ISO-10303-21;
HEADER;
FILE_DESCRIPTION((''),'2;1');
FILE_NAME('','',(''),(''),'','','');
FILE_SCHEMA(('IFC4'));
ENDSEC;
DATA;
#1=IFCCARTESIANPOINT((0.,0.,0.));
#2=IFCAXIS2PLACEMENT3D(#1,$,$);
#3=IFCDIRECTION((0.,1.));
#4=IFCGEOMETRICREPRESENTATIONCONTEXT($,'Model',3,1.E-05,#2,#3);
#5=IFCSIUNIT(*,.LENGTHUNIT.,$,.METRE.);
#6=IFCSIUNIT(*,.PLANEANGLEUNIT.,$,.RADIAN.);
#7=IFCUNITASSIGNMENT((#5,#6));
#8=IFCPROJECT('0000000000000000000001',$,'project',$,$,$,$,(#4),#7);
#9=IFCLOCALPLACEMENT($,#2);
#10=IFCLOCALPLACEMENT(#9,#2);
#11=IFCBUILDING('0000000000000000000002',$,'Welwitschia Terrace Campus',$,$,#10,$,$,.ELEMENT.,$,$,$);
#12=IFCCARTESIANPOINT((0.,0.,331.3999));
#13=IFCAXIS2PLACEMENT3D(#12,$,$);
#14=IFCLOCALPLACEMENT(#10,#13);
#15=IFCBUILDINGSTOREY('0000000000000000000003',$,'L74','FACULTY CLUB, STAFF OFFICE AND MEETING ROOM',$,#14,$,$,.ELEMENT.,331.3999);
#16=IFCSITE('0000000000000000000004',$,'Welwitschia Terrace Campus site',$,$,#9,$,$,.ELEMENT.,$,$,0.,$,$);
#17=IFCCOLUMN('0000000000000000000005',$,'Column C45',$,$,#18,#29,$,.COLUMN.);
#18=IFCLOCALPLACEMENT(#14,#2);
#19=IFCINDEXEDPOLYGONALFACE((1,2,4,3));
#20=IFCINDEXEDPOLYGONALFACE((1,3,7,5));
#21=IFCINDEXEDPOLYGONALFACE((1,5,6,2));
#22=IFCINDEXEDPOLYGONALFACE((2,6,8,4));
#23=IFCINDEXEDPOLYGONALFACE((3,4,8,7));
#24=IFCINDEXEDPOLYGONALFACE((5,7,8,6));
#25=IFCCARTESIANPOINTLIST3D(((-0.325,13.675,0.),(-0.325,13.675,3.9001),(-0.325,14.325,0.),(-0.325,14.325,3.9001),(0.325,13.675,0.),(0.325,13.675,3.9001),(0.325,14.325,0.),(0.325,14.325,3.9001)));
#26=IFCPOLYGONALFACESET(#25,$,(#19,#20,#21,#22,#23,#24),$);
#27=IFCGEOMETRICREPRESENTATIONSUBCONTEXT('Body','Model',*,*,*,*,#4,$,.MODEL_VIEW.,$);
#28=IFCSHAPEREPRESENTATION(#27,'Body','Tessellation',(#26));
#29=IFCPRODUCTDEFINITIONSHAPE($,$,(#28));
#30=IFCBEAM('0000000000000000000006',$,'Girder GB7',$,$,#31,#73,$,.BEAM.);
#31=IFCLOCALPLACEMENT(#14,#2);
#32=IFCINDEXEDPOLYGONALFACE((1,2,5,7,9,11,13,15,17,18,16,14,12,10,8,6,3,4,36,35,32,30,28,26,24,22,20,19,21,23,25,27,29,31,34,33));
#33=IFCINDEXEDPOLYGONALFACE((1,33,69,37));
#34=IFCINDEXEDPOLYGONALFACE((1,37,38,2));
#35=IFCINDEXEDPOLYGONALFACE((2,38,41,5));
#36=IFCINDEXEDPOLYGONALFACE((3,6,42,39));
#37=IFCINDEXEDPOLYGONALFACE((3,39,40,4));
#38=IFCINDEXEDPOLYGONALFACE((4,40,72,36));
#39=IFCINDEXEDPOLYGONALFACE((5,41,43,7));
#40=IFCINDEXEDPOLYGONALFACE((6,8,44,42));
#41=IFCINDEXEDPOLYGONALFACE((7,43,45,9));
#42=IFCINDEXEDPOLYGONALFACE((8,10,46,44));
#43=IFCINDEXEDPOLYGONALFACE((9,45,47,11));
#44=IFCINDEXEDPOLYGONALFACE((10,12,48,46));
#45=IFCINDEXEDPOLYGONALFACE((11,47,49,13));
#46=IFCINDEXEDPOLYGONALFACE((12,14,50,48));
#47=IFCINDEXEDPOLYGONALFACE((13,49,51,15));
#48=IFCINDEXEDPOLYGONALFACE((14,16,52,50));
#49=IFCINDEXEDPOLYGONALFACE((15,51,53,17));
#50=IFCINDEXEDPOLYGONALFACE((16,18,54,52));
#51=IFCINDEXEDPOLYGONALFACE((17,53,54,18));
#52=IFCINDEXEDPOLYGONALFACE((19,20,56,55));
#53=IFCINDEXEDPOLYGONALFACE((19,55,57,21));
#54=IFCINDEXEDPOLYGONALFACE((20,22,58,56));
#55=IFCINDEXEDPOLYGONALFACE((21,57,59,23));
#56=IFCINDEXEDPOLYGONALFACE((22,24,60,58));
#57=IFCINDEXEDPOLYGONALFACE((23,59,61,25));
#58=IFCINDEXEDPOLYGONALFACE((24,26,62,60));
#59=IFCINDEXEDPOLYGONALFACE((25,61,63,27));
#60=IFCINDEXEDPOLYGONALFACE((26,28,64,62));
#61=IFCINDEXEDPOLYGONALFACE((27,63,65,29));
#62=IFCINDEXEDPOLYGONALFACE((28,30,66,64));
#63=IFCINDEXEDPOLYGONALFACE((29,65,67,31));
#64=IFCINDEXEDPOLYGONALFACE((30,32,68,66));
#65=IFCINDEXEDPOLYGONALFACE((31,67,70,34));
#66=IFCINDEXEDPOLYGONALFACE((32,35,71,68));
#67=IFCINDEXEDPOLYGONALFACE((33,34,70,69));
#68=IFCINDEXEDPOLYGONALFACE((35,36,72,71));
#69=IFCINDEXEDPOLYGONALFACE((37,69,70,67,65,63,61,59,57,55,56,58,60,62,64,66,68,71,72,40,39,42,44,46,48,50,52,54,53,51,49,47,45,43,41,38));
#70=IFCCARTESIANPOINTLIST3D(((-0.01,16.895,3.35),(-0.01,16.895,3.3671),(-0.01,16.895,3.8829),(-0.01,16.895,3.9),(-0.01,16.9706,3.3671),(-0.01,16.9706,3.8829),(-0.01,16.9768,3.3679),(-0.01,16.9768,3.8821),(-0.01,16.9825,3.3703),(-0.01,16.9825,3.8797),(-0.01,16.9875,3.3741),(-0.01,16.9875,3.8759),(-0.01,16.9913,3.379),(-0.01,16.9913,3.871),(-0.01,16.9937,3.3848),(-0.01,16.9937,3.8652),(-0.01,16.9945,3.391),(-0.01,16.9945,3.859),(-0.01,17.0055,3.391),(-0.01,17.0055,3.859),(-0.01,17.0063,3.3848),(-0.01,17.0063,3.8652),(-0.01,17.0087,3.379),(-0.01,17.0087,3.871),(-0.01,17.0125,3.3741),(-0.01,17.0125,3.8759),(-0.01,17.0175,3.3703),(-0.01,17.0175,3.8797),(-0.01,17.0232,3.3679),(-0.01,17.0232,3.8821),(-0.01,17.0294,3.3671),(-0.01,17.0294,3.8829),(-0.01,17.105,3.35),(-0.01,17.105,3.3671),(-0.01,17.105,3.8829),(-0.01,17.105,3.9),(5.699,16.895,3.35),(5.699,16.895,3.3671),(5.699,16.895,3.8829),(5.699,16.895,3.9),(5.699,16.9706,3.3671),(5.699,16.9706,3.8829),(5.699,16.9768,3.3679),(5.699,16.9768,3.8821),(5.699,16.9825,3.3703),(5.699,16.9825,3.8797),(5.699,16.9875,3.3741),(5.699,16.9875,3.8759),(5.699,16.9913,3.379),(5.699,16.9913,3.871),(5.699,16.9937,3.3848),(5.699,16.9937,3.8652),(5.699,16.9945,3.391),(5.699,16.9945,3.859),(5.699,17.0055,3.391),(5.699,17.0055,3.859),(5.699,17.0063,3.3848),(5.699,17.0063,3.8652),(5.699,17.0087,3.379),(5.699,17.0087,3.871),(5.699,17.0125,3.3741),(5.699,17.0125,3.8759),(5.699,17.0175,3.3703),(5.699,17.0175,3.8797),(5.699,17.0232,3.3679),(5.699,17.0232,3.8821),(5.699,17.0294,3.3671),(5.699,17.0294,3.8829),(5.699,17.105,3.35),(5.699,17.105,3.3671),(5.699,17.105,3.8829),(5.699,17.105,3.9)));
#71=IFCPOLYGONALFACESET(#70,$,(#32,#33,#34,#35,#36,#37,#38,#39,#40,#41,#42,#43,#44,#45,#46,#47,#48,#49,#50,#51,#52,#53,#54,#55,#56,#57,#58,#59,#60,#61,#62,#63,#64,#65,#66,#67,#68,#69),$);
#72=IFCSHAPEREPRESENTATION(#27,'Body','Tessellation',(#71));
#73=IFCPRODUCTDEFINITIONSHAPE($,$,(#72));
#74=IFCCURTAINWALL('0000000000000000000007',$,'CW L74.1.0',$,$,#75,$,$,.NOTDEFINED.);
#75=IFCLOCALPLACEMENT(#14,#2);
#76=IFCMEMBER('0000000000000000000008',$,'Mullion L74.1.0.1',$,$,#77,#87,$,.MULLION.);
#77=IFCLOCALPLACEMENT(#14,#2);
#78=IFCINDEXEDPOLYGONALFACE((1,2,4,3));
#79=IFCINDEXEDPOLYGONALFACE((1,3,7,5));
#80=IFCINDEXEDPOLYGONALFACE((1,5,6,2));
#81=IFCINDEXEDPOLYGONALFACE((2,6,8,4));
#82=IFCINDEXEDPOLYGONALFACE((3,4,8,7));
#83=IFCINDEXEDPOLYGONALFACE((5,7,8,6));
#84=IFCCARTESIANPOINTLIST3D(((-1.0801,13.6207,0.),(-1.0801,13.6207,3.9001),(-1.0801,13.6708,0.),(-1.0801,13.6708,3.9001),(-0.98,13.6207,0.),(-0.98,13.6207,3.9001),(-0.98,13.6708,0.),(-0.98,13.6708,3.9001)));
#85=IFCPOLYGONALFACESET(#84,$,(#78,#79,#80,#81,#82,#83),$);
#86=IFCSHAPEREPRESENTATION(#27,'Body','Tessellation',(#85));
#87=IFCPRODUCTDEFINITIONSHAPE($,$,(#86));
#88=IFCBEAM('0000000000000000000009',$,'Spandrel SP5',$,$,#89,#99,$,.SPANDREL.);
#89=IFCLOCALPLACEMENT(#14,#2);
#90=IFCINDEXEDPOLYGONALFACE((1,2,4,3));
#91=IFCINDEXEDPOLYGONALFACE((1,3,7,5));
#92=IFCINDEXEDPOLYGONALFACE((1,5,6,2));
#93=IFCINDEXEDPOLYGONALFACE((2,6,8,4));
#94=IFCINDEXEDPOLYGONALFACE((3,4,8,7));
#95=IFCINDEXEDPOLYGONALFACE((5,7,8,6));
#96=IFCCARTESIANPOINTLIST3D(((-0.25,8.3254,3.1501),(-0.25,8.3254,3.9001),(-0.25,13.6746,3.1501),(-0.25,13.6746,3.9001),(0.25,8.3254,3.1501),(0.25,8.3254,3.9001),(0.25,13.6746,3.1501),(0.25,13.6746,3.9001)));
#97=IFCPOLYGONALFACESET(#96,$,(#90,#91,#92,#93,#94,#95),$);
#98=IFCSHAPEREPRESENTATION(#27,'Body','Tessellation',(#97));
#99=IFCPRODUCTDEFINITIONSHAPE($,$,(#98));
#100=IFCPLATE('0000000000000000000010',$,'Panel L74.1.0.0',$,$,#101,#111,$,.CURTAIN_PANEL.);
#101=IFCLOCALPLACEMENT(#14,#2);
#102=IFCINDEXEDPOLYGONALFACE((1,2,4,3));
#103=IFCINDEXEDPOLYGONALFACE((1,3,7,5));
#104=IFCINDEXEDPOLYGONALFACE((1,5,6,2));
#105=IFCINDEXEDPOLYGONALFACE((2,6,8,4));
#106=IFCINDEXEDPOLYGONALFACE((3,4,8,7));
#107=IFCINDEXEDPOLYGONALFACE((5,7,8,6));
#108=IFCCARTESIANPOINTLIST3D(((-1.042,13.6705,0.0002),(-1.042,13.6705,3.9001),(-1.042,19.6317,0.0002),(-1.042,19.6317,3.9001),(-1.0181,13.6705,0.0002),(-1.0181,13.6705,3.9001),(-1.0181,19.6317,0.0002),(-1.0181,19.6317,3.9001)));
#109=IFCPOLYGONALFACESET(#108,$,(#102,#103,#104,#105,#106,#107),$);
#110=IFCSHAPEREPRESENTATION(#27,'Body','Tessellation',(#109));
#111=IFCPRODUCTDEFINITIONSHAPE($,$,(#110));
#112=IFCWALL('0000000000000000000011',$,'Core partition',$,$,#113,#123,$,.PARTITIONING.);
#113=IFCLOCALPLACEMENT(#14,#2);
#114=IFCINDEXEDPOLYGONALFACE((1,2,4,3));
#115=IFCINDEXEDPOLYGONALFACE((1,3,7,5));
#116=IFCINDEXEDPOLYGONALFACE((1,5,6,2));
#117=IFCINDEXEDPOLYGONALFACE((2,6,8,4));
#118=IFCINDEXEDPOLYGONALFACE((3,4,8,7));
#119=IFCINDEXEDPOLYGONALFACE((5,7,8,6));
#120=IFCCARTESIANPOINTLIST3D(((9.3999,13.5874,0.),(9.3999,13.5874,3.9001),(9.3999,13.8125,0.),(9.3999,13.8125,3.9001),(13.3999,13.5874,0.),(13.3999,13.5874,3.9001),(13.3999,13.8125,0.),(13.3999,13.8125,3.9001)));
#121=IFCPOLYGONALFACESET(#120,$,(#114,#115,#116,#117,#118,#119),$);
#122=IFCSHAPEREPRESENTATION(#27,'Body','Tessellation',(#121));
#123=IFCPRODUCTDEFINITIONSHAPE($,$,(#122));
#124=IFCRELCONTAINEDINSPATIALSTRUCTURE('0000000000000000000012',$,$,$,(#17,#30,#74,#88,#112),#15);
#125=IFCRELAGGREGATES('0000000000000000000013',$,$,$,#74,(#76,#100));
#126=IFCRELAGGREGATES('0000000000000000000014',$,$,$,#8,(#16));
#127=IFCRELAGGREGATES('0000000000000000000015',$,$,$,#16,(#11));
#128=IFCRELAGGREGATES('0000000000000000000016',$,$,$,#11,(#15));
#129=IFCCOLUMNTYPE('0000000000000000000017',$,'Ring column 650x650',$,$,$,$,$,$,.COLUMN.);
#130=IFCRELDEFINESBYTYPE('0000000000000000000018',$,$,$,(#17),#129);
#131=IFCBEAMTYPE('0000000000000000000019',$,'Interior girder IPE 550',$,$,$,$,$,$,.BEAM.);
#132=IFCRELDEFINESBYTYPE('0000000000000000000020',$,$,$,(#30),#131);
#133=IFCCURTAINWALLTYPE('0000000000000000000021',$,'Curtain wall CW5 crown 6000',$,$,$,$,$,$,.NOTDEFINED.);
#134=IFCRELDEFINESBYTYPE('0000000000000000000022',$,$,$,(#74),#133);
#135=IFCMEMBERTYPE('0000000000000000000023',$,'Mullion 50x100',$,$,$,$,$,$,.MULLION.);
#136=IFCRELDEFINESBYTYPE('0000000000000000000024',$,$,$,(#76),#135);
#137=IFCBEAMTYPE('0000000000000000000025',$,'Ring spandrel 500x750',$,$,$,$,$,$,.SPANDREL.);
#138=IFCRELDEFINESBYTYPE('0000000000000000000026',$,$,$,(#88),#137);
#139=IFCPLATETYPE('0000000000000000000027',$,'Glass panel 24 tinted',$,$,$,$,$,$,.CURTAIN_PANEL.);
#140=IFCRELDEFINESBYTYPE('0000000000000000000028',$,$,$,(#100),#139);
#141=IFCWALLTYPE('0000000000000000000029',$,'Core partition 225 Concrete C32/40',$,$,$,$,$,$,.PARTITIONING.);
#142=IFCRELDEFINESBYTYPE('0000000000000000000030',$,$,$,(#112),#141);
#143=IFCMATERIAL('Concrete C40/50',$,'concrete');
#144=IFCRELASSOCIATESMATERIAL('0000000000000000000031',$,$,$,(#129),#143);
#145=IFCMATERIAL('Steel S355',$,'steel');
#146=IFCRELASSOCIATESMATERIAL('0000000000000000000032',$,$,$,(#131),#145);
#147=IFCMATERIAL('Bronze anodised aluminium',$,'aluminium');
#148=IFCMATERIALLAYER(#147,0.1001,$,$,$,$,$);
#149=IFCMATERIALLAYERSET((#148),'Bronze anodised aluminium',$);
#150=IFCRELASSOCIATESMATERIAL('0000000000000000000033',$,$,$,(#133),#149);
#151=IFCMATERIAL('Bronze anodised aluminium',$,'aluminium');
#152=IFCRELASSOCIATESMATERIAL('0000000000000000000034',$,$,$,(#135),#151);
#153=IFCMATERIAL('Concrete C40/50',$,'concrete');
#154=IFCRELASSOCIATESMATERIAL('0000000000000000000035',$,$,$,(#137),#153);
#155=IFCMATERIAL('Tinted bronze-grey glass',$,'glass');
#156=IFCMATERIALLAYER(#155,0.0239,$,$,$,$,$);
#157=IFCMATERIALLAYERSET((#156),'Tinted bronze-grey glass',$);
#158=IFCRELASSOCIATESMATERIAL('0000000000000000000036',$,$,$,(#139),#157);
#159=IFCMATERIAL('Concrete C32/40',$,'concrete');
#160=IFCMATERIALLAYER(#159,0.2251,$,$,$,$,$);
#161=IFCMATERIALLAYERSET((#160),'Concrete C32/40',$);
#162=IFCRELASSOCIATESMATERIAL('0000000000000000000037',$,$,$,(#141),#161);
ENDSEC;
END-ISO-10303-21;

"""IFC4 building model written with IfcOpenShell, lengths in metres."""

from ifc_helpers import new_model, si_unit, direction, frame, frame_2d, origin, origin_2d, place, context, subcontext, project, spatial, rectangle, i_section, extrude, material, layer, layer_set, material_profile, profile_set, type_object, element, aggregate, save


model = new_model("IFC4")

# Units and contexts
model_context = context("Model", 3, precision=1e-05, world=origin(), true_north=direction((0.0, 1.0)))
body_context = subcontext(model_context, "Body", "Model", "MODEL_VIEW")
ifc_project = project(units=[si_unit("LENGTHUNIT", "METRE"), si_unit("PLANEANGLEUNIT", "RADIAN")], contexts=[model_context])

# Site, building, storey
site_placement = place(None, origin())
site = spatial("IfcSite", under=ifc_project, at=site_placement, Name="Welwitschia Terrace Campus site", CompositionType="ELEMENT", RefElevation=0.0)
building_placement = place(site_placement, origin())
building = spatial("IfcBuilding", under=site, at=building_placement, Name="Welwitschia Terrace Campus", CompositionType="ELEMENT")
storey_placement = place(building_placement, frame((0.0, 0.0, 331.3999)))
storey = spatial("IfcBuildingStorey", under=building, at=storey_placement, Name="L74", Description="FACULTY CLUB, STAFF OFFICE AND MEETING ROOM", CompositionType="ELEMENT", Elevation=331.3999)

# Column
ifc_material_1 = material(Name="Concrete C40/50", Category="concrete")
ifc_material_profile_1 = material_profile(ifc_material_1, rectangle(XDim=0.6499, YDim=0.6499, at=origin_2d()))
ifc_profile_set_1 = profile_set([ifc_material_profile_1], Name="Concrete C40/50")
column_type = type_object("IfcColumnType", Name="Ring column 650x650", PredefinedType="COLUMN", material=ifc_profile_set_1)
column_placement = place(storey_placement, frame((0.0, 14.0, 0.0), z_axis=(0.0, 0.0, 1.0), x_axis=(1.0, 0.0, 0.0)))
element("IfcColumn", 1, at=column_placement, inside=storey, type_object=column_type, Name="Column C45", PredefinedType="COLUMN", context=body_context, shape_type="SweptSolid", body=[
    extrude(rectangle(XDim=0.6499, YDim=0.6499, at=origin_2d()), origin(), (0.0, 0.0, 1.0), 3.9001),
])

# Beam
ifc_material_2 = material(Name="Steel S355", Category="steel")
ifc_material_profile_2 = material_profile(ifc_material_2, i_section(OverallWidth=0.21, OverallDepth=0.55, WebThickness=0.011, FlangeThickness=0.0171, FilletRadius=0.0239, at=origin_2d()))
ifc_profile_set_2 = profile_set([ifc_material_profile_2], Name="Steel S355")
beam_type_1 = type_object("IfcBeamType", Name="Interior girder IPE 550", PredefinedType="BEAM", material=ifc_profile_set_2)
beam_1_placement = place(storey_placement, frame((-0.01, 17.0, 3.625), z_axis=(1.0, 0.0, 0.0), x_axis=(0.0, 1.0, 0.0)))
element("IfcBeam", 2, at=beam_1_placement, inside=storey, type_object=beam_type_1, Name="Girder GB7", PredefinedType="BEAM", context=body_context, shape_type="SweptSolid", body=[
    extrude(i_section(OverallWidth=0.21, OverallDepth=0.55, WebThickness=0.011, FlangeThickness=0.0171, FilletRadius=0.0239, at=origin_2d()), origin(), (0.0, 0.0, 1.0), 5.709),
])

# Curtain wall, member
ifc_material_3 = material(Name="Bronze anodised aluminium", Category="aluminium")
ifc_layer_1 = layer(ifc_material_3, 0.1001)
ifc_layer_set_1 = layer_set([ifc_layer_1], Name="Bronze anodised aluminium")
curtain_wall_type = type_object("IfcCurtainWallType", Name="Curtain wall CW5 crown 6000", PredefinedType="NOTDEFINED", material=ifc_layer_set_1)
curtain_wall_placement = place(storey_placement, origin())
curtain_wall = element("IfcCurtainWall", 3, at=curtain_wall_placement, inside=storey, type_object=curtain_wall_type, Name="CW L74.1.0", PredefinedType="NOTDEFINED")
ifc_material_4 = material(Name="Bronze anodised aluminium", Category="aluminium")
ifc_material_profile_3 = material_profile(ifc_material_4, rectangle(XDim=0.1001, YDim=0.05, at=origin_2d()))
ifc_profile_set_3 = profile_set([ifc_material_profile_3], Name="Bronze anodised aluminium")
member_type = type_object("IfcMemberType", Name="Mullion 50x100", PredefinedType="MULLION", material=ifc_profile_set_3)
member_placement = place(storey_placement, frame((-1.03, 13.6458, 0.0), z_axis=(0.0, 0.0, 1.0), x_axis=(1.0, 0.0, 0.0)))
member = element("IfcMember", 4, at=member_placement, type_object=member_type, Name="Mullion L74.1.0.1", PredefinedType="MULLION", context=body_context, shape_type="SweptSolid", body=[
    extrude(rectangle(XDim=0.1001, YDim=0.05, at=origin_2d()), origin(), (0.0, 0.0, 1.0), 3.9001),
])

# Beam
ifc_material_5 = material(Name="Concrete C40/50", Category="concrete")
ifc_material_profile_4 = material_profile(ifc_material_5, rectangle(XDim=0.5, YDim=0.75, at=origin_2d()))
ifc_profile_set_4 = profile_set([ifc_material_profile_4], Name="Concrete C40/50")
beam_type_2 = type_object("IfcBeamType", Name="Ring spandrel 500x750", PredefinedType="SPANDREL", material=ifc_profile_set_4)
beam_2_placement = place(storey_placement, frame((0.0, 13.6746, 3.5251), z_axis=(0.0, -1.0, 0.0), x_axis=(1.0, 0.0, 0.0)))
element("IfcBeam", 5, at=beam_2_placement, inside=storey, type_object=beam_type_2, Name="Spandrel SP5", PredefinedType="SPANDREL", context=body_context, shape_type="SweptSolid", body=[
    extrude(rectangle(XDim=0.5, YDim=0.75, at=origin_2d()), origin(), (0.0, 0.0, 1.0), 5.3491),
])

# Plate
ifc_material_6 = material(Name="Tinted bronze-grey glass", Category="glass")
ifc_layer_2 = layer(ifc_material_6, 0.0239)
ifc_layer_set_2 = layer_set([ifc_layer_2], Name="Tinted bronze-grey glass")
plate_type = type_object("IfcPlateType", Name="Glass panel 24 tinted", PredefinedType="CURTAIN_PANEL", material=ifc_layer_set_2)
plate_placement = place(storey_placement, frame((-1.03, 16.6511, 0.0002), z_axis=(0.0, 0.0, 1.0), x_axis=(0.0, -1.0, 0.0)))
plate = element("IfcPlate", 6, at=plate_placement, type_object=plate_type, Name="Panel L74.1.0.0", PredefinedType="CURTAIN_PANEL", context=body_context, shape_type="SweptSolid", body=[
    extrude(rectangle(XDim=5.9612, YDim=0.0239, at=origin_2d()), origin(), (0.0, 0.0, 1.0), 3.8999),
])
aggregate(curtain_wall, [member, plate])

# Wall
ifc_material_7 = material(Name="Concrete C32/40", Category="concrete")
ifc_layer_3 = layer(ifc_material_7, 0.2251)
ifc_layer_set_3 = layer_set([ifc_layer_3], Name="Concrete C32/40")
wall_type_1 = type_object("IfcWallType", Name="Core partition 225 Concrete C32/40", PredefinedType="PARTITIONING", material=ifc_layer_set_3)
wall_1_placement = place(storey_placement, frame((9.3999, 13.7, 0.0), z_axis=(0.0, 0.0, 1.0), x_axis=(1.0, 0.0, 0.0)))
element("IfcWall", 7, at=wall_1_placement, inside=storey, type_object=wall_type_1, Name="Core partition", PredefinedType="PARTITIONING", context=body_context, shape_type="SweptSolid", body=[
    extrude(rectangle(XDim=4.0, YDim=0.2251, at=frame_2d((2.0, 0.0))), origin(), (0.0, 0.0, 1.0), 3.9001),
])

save(model, "model.ifc")
